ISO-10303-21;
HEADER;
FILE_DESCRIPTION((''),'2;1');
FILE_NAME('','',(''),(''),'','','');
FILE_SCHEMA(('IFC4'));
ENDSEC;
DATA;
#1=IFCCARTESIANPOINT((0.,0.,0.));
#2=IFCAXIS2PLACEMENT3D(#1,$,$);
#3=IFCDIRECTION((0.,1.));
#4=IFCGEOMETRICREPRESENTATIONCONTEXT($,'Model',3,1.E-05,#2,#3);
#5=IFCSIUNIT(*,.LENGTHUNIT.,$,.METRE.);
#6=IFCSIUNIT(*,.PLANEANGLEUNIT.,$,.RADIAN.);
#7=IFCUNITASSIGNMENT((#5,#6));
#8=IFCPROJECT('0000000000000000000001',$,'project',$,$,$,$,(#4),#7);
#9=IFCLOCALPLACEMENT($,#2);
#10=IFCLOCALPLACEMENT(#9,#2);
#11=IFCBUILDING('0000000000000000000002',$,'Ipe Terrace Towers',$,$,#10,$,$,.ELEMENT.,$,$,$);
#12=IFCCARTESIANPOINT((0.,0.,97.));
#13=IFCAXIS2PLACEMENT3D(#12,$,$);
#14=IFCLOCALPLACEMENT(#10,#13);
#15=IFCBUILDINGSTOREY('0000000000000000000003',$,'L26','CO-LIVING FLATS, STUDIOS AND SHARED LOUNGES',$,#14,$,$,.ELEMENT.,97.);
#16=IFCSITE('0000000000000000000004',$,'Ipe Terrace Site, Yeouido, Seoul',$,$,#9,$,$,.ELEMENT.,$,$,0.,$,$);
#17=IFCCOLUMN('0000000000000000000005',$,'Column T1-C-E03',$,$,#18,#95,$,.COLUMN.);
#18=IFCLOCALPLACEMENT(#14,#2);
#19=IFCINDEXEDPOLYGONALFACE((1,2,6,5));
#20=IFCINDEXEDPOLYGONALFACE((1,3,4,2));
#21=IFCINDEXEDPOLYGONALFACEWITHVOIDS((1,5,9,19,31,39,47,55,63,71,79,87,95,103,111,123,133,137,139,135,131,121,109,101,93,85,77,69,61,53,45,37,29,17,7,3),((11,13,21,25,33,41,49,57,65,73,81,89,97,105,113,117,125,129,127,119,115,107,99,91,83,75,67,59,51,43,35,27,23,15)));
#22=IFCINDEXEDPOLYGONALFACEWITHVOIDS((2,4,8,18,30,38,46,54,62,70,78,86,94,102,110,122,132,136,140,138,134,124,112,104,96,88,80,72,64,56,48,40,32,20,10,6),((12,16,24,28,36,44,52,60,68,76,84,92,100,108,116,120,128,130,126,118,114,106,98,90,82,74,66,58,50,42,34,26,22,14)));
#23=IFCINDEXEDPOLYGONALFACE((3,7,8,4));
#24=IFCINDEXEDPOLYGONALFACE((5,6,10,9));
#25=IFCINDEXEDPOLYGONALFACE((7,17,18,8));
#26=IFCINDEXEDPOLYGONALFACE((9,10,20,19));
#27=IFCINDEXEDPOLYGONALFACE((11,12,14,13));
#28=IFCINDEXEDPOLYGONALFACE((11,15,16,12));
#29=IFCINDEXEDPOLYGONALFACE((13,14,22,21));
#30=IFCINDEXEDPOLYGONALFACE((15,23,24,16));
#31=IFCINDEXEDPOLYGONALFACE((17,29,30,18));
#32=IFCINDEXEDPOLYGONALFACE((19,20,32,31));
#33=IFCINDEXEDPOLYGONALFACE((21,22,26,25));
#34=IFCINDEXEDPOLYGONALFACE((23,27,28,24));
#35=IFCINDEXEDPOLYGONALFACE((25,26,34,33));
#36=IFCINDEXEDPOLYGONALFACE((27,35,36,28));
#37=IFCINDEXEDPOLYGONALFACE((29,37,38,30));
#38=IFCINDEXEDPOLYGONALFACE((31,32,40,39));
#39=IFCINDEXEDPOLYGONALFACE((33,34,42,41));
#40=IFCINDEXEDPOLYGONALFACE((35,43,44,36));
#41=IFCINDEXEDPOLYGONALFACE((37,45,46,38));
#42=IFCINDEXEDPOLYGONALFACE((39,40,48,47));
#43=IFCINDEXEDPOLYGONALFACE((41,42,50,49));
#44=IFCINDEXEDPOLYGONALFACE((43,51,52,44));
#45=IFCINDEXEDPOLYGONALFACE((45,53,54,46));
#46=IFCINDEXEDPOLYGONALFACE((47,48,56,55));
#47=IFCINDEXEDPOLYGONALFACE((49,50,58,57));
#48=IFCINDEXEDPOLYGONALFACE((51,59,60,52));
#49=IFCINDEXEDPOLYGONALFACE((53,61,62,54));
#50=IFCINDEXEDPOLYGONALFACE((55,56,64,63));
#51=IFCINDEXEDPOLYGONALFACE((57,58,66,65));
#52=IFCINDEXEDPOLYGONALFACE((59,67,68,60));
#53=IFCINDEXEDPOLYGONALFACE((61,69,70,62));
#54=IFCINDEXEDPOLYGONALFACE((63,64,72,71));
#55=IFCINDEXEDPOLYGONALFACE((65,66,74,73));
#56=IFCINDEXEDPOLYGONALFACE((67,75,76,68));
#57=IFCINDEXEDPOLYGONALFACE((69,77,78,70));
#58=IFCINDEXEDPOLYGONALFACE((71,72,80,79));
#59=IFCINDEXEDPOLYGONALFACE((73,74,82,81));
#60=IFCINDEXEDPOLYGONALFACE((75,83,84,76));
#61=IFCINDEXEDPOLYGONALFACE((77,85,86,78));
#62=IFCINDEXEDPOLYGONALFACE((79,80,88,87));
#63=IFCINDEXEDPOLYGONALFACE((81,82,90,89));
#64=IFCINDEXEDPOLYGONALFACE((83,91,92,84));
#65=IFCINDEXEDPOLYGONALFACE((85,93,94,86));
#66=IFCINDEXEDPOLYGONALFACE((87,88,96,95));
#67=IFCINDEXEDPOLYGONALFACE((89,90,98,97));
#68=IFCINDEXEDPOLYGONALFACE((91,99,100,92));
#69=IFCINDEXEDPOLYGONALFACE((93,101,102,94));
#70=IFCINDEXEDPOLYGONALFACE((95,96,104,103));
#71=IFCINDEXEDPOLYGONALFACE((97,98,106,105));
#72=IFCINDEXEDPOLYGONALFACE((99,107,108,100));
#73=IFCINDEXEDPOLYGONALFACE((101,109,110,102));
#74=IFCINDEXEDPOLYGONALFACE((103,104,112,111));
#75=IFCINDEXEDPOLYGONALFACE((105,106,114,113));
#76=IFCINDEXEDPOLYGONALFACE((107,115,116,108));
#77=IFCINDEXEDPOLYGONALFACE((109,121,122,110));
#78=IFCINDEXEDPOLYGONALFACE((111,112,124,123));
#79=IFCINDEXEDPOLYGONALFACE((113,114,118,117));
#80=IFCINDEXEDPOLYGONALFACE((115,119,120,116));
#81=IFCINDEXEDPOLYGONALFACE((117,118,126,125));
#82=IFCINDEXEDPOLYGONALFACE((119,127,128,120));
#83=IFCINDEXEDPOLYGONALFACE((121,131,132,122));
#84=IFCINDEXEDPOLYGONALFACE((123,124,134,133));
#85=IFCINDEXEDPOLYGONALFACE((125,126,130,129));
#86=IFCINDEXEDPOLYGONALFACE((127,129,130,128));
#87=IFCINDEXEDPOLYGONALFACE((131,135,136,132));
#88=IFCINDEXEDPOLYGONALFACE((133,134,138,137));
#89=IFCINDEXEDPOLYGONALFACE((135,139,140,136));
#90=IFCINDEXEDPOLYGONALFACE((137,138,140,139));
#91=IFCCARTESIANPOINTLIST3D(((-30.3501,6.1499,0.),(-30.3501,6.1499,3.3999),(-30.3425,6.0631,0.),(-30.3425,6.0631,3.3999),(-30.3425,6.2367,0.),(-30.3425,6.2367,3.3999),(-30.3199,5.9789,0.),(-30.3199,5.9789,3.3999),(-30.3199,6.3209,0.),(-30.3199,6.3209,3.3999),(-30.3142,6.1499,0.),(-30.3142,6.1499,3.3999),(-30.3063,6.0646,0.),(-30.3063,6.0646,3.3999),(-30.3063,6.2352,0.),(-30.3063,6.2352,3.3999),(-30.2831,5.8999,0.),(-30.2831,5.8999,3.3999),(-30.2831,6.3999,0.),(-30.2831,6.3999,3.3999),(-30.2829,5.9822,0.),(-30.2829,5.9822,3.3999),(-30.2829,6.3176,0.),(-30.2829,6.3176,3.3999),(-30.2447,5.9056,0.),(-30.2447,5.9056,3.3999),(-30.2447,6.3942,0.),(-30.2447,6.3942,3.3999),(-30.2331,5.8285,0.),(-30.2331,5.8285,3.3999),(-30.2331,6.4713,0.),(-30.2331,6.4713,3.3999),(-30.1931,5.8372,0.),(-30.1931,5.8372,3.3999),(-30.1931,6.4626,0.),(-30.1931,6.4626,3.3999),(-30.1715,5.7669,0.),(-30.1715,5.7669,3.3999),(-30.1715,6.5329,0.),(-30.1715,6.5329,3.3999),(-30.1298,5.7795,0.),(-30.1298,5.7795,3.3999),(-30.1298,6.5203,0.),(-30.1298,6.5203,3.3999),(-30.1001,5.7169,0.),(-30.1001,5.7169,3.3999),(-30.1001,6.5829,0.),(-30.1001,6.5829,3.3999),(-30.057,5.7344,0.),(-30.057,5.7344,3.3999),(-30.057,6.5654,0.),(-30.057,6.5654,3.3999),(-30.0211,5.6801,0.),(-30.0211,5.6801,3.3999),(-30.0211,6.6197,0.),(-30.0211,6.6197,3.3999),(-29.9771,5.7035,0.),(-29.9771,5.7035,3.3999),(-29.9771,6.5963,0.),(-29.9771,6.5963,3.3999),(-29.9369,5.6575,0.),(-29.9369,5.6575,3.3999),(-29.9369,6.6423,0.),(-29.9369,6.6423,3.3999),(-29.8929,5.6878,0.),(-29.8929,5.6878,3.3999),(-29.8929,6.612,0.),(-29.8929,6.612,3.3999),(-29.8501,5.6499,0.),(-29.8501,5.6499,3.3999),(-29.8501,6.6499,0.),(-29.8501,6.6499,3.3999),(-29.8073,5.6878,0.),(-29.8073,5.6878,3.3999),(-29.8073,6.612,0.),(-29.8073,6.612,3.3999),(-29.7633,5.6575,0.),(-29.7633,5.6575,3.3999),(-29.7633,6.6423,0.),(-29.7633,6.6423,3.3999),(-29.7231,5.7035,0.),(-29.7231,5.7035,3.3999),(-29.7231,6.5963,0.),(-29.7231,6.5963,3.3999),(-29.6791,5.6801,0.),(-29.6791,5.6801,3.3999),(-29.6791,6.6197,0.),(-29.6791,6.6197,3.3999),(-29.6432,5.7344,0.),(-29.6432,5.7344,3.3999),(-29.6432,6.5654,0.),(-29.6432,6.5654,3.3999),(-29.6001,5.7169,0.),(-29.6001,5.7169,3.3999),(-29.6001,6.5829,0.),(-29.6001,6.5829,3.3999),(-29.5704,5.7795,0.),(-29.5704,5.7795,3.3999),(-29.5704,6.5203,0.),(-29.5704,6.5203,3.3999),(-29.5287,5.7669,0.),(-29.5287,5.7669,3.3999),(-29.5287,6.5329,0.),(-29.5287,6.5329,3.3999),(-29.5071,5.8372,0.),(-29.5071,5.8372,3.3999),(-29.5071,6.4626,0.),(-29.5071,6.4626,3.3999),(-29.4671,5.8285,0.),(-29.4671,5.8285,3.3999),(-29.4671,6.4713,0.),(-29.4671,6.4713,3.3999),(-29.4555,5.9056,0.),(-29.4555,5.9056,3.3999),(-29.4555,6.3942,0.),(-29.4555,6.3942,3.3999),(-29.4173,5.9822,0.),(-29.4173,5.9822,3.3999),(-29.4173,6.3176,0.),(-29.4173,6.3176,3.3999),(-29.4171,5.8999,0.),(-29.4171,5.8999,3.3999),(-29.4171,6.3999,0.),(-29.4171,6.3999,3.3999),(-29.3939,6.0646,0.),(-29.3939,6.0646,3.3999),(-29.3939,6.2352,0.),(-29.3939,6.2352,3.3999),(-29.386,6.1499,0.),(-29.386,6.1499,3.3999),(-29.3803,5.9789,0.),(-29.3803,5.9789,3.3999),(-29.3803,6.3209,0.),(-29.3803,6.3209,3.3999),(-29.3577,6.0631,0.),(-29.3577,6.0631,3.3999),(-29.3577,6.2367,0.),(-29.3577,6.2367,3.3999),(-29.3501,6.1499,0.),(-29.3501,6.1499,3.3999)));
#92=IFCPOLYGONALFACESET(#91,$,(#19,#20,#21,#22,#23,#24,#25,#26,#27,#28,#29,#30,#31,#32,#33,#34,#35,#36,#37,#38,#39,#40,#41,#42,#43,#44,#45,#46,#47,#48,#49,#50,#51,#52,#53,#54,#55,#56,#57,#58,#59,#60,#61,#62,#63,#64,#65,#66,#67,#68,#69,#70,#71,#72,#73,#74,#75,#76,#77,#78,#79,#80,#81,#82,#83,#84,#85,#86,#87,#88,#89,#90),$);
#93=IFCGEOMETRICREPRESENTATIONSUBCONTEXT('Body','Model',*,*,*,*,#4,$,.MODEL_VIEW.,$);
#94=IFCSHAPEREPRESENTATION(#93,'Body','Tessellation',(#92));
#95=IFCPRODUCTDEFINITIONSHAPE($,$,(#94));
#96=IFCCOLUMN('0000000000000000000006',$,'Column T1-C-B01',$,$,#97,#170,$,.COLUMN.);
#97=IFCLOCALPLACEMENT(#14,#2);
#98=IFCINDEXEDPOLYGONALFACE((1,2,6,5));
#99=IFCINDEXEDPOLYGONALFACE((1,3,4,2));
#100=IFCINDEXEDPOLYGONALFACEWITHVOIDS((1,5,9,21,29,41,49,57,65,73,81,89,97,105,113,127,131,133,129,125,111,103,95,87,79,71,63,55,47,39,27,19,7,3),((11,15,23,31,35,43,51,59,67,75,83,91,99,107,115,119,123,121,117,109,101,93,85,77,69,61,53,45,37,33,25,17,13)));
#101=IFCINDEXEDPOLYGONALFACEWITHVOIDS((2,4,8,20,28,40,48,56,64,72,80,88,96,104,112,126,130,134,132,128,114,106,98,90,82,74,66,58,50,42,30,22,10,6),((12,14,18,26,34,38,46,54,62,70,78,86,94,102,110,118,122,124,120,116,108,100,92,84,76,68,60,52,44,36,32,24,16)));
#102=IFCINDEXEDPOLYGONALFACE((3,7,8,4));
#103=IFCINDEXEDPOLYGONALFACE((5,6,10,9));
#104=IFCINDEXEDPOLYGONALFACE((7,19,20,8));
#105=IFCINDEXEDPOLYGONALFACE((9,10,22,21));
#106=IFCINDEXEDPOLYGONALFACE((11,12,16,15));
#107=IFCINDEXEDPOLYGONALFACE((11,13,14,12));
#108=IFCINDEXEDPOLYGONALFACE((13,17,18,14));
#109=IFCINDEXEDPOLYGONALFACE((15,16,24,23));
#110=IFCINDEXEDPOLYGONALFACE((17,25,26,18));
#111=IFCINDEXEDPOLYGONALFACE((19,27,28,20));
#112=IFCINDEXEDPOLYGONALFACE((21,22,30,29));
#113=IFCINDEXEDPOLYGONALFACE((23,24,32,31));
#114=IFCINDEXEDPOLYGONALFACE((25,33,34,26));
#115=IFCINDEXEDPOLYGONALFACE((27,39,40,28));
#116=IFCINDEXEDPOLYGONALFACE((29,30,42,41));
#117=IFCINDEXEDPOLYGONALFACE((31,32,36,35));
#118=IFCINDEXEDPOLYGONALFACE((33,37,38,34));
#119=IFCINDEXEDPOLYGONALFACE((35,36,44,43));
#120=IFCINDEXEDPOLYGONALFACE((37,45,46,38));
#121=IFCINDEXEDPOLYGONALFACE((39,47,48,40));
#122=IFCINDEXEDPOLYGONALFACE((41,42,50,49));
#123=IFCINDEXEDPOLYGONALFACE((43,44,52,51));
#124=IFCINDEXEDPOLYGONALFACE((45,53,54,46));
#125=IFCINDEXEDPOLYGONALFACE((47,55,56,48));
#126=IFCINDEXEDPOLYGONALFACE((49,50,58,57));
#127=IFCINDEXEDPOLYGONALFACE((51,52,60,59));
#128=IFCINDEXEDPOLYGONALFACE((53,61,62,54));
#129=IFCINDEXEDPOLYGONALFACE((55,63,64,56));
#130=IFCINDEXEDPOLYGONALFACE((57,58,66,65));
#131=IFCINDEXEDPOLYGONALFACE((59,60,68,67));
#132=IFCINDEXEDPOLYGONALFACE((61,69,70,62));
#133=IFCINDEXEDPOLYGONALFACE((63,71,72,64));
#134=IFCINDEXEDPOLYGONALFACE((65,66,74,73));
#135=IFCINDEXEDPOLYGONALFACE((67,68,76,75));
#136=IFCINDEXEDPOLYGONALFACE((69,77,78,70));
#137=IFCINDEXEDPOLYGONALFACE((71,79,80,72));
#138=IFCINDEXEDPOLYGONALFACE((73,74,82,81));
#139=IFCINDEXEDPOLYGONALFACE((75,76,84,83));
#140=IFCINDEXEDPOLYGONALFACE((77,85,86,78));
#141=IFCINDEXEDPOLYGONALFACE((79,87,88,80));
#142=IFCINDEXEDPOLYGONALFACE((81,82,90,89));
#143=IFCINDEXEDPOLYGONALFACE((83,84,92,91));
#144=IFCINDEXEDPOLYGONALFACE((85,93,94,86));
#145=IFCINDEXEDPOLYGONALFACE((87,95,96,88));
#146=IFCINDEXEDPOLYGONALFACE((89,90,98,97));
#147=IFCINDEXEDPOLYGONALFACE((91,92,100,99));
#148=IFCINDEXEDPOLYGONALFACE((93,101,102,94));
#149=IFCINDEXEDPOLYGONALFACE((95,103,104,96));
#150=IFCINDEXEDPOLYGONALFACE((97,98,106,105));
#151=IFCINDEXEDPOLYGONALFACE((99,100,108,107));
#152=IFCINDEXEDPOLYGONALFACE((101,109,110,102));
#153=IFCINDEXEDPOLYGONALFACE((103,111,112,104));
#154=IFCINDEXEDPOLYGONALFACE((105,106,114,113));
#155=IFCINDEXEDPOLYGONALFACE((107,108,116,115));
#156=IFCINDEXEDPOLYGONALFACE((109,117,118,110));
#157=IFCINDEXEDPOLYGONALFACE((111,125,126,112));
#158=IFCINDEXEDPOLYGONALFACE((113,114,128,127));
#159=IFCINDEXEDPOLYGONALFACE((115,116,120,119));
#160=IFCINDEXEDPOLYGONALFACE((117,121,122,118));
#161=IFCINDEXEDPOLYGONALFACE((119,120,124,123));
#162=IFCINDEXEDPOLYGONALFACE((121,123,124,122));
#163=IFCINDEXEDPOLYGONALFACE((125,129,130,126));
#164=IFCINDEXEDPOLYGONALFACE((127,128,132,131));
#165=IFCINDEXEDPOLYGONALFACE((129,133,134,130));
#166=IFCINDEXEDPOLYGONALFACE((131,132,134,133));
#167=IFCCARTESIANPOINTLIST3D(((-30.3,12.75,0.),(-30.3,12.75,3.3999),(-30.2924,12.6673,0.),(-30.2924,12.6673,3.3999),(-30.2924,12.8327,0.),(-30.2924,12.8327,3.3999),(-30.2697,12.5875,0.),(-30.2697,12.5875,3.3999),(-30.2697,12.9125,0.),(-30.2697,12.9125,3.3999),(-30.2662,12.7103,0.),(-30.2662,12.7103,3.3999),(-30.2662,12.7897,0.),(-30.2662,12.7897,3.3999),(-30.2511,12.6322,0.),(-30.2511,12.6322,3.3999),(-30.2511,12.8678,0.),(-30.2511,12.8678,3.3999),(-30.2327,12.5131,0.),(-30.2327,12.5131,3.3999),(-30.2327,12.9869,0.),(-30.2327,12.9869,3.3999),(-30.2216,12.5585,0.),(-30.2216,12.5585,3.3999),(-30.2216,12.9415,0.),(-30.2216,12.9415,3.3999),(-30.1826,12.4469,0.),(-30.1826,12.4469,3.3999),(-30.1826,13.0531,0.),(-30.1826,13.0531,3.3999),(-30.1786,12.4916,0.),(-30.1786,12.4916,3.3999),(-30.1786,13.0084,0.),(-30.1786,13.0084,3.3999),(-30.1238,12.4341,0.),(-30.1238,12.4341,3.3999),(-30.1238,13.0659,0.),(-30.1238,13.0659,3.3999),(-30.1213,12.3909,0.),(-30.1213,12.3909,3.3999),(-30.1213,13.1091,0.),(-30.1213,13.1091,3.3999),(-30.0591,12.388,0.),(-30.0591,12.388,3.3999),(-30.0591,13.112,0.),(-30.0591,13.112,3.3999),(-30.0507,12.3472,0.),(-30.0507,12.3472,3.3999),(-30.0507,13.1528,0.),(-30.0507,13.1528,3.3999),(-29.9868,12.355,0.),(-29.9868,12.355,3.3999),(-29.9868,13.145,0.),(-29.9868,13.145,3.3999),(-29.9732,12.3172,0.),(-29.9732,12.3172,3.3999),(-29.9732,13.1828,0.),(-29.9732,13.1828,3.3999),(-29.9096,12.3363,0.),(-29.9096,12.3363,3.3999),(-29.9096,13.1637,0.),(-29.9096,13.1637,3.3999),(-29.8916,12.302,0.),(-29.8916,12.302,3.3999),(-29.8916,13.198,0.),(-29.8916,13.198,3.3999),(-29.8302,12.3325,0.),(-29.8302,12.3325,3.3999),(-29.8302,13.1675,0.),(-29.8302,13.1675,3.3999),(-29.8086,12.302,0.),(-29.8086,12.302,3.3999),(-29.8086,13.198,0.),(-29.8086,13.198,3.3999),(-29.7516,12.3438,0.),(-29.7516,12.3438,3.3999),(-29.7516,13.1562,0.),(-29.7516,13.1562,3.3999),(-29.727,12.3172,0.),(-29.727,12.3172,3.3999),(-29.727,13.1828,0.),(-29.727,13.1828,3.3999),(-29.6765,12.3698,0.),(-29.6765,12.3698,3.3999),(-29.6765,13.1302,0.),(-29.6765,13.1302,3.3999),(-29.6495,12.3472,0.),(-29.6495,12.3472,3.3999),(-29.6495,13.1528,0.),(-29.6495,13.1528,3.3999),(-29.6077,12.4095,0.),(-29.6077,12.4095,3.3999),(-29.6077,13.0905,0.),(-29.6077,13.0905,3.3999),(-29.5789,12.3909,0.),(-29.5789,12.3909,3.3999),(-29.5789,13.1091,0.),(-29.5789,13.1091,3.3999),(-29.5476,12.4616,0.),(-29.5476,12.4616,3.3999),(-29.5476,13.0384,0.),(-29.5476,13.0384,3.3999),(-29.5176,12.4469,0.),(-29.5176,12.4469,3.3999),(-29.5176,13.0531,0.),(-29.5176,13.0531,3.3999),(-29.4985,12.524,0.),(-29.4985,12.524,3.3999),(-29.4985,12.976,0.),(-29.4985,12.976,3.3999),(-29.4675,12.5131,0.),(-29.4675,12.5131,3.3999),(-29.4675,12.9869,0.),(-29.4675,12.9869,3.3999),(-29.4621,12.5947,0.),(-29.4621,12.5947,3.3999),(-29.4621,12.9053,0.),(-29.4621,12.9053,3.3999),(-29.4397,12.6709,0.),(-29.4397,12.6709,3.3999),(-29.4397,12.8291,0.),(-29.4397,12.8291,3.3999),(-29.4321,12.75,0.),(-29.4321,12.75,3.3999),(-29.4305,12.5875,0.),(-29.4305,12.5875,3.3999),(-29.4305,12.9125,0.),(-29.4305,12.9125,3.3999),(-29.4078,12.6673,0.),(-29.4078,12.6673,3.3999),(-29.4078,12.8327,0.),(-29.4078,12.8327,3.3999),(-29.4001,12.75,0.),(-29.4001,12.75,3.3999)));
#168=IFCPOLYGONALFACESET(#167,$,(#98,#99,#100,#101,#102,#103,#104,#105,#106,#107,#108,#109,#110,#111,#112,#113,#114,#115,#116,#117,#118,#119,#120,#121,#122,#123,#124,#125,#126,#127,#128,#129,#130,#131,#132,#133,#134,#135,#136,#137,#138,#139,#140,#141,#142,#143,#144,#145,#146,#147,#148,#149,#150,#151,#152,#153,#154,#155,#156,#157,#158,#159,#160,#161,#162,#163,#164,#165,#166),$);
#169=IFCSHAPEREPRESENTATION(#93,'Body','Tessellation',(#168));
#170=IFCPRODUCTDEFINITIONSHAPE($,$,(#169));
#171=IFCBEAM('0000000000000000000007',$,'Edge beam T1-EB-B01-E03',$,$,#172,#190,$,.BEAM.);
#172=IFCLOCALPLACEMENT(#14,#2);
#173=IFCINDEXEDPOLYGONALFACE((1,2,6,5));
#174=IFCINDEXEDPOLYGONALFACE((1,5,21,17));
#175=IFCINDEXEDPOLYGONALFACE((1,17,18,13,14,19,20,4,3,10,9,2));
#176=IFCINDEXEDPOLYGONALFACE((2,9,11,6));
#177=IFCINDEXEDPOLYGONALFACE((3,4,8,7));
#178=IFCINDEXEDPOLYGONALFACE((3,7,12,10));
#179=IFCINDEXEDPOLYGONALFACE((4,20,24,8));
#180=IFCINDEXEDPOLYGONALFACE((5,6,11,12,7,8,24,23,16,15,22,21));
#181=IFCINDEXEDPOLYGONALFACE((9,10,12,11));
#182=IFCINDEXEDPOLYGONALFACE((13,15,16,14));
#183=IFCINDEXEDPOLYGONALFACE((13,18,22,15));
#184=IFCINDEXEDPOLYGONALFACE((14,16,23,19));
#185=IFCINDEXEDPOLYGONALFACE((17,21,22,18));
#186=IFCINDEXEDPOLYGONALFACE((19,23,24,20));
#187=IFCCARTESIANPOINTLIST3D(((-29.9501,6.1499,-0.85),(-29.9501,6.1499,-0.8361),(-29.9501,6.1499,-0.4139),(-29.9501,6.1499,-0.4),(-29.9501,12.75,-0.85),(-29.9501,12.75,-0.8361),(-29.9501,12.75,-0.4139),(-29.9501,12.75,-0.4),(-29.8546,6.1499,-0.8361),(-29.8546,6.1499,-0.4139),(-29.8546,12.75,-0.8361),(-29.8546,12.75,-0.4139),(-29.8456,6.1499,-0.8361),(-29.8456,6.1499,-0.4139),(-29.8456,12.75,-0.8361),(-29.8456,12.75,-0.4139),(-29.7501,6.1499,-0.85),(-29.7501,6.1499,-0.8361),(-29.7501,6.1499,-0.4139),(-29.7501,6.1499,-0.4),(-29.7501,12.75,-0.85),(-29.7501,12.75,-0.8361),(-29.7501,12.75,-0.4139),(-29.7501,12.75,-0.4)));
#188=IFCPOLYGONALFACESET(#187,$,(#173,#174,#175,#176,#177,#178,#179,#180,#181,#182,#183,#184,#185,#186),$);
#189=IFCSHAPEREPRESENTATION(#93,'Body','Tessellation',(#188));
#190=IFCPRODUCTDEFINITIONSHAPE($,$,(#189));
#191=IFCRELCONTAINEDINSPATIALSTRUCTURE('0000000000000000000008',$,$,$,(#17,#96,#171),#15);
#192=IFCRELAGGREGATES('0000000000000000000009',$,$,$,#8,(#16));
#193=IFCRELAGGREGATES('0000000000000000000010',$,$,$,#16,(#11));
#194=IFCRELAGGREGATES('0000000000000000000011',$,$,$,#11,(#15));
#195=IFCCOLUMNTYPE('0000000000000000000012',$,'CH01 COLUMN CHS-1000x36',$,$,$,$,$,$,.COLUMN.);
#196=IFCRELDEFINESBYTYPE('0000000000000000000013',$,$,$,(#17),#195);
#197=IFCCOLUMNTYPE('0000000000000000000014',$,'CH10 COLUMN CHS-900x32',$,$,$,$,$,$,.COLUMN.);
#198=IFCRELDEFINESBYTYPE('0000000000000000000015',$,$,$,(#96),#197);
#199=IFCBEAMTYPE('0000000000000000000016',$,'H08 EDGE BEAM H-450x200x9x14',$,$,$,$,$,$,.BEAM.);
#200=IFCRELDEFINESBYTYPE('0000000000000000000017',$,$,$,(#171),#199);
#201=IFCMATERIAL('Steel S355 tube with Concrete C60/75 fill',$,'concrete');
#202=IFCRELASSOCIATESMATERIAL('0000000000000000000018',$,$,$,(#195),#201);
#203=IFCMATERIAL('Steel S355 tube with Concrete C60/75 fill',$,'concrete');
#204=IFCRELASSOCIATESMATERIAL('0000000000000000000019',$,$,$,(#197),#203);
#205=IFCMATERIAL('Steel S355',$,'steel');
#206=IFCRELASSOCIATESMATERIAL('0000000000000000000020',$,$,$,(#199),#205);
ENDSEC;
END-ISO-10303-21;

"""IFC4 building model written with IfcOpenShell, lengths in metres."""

from ifc_helpers import new_model, si_unit, direction, frame, origin, origin_2d, place, context, subcontext, project, spatial, hollow_circle, i_section, extrude, material, material_profile, profile_set, type_object, element, save


model = new_model("IFC4")

# Units and contexts
model_context = context("Model", 3, precision=1e-05, world=origin(), true_north=direction((0.0, 1.0)))
body_context = subcontext(model_context, "Body", "Model", "MODEL_VIEW")
ifc_project = project(units=[si_unit("LENGTHUNIT", "METRE"), si_unit("PLANEANGLEUNIT", "RADIAN")], contexts=[model_context])

# Site, building, storey
site_placement = place(None, origin())
site = spatial("IfcSite", under=ifc_project, at=site_placement, Name="Ipe Terrace Site, Yeouido, Seoul", CompositionType="ELEMENT", RefElevation=0.0)
building_placement = place(site_placement, origin())
building = spatial("IfcBuilding", under=site, at=building_placement, Name="Ipe Terrace Towers", CompositionType="ELEMENT")
storey_placement = place(building_placement, frame((0.0, 0.0, 97.0)))
storey = spatial("IfcBuildingStorey", under=building, at=storey_placement, Name="L26", Description="CO-LIVING FLATS, STUDIOS AND SHARED LOUNGES", CompositionType="ELEMENT", Elevation=97.0)

# Columns
ifc_material_1 = material(Name="Steel S355 tube with Concrete C60/75 fill", Category="concrete")
ifc_material_profile_1 = material_profile(ifc_material_1, hollow_circle(Radius=0.5, WallThickness=0.0359, at=origin_2d()), Name="CHS-1000x36")
ifc_profile_set_1 = profile_set([ifc_material_profile_1], Name="Steel S355 tube with Concrete C60/75 fill")
column_type_1 = type_object("IfcColumnType", Name="CH01 COLUMN CHS-1000x36", PredefinedType="COLUMN", material=ifc_profile_set_1)
column_1_placement = place(storey_placement, frame((-29.8501, 6.1499, 0.0), z_axis=(0.0, 0.0, 1.0), x_axis=(1.0, 0.0, 0.0)))
element("IfcColumn", 1, at=column_1_placement, inside=storey, type_object=column_type_1, Name="Column T1-C-E03", PredefinedType="COLUMN", context=body_context, shape_type="SweptSolid", body=[
    extrude(hollow_circle(Radius=0.5, WallThickness=0.0359, at=origin_2d()), origin(), (0.0, 0.0, 1.0), 3.3999),
])
ifc_material_2 = material(Name="Steel S355 tube with Concrete C60/75 fill", Category="concrete")
ifc_material_profile_2 = material_profile(ifc_material_2, hollow_circle(Radius=0.45, WallThickness=0.032, at=origin_2d()), Name="CHS-900x32")
ifc_profile_set_2 = profile_set([ifc_material_profile_2], Name="Steel S355 tube with Concrete C60/75 fill")
column_type_2 = type_object("IfcColumnType", Name="CH10 COLUMN CHS-900x32", PredefinedType="COLUMN", material=ifc_profile_set_2)
column_2_placement = place(storey_placement, frame((-29.8501, 12.75, 0.0), z_axis=(0.0, 0.0, 1.0), x_axis=(1.0, 0.0, 0.0)))
element("IfcColumn", 2, at=column_2_placement, inside=storey, type_object=column_type_2, Name="Column T1-C-B01", PredefinedType="COLUMN", context=body_context, shape_type="SweptSolid", body=[
    extrude(hollow_circle(Radius=0.45, WallThickness=0.032, at=origin_2d()), origin(), (0.0, 0.0, 1.0), 3.3999),
])

# Beam
ifc_material_3 = material(Name="Steel S355", Category="steel")
ifc_material_profile_3 = material_profile(ifc_material_3, i_section(OverallWidth=0.2, OverallDepth=0.45, WebThickness=0.009, FlangeThickness=0.0139, at=origin_2d()), Name="H-450x200x9x14")
ifc_profile_set_3 = profile_set([ifc_material_profile_3], Name="Steel S355")
beam_type = type_object("IfcBeamType", Name="H08 EDGE BEAM H-450x200x9x14", PredefinedType="BEAM", material=ifc_profile_set_3)
beam_placement = place(storey_placement, frame((-29.8501, 12.75, -0.625), z_axis=(0.0, -1.0, 0.0), x_axis=(1.0, 0.0, 0.0)))
element("IfcBeam", 3, at=beam_placement, inside=storey, type_object=beam_type, Name="Edge beam T1-EB-B01-E03", PredefinedType="BEAM", context=body_context, shape_type="SweptSolid", body=[
    extrude(i_section(OverallWidth=0.2, OverallDepth=0.45, WebThickness=0.009, FlangeThickness=0.0139, at=origin_2d()), origin(), (0.0, 0.0, 1.0), 6.6001),
])

save(model, "model.ifc")
